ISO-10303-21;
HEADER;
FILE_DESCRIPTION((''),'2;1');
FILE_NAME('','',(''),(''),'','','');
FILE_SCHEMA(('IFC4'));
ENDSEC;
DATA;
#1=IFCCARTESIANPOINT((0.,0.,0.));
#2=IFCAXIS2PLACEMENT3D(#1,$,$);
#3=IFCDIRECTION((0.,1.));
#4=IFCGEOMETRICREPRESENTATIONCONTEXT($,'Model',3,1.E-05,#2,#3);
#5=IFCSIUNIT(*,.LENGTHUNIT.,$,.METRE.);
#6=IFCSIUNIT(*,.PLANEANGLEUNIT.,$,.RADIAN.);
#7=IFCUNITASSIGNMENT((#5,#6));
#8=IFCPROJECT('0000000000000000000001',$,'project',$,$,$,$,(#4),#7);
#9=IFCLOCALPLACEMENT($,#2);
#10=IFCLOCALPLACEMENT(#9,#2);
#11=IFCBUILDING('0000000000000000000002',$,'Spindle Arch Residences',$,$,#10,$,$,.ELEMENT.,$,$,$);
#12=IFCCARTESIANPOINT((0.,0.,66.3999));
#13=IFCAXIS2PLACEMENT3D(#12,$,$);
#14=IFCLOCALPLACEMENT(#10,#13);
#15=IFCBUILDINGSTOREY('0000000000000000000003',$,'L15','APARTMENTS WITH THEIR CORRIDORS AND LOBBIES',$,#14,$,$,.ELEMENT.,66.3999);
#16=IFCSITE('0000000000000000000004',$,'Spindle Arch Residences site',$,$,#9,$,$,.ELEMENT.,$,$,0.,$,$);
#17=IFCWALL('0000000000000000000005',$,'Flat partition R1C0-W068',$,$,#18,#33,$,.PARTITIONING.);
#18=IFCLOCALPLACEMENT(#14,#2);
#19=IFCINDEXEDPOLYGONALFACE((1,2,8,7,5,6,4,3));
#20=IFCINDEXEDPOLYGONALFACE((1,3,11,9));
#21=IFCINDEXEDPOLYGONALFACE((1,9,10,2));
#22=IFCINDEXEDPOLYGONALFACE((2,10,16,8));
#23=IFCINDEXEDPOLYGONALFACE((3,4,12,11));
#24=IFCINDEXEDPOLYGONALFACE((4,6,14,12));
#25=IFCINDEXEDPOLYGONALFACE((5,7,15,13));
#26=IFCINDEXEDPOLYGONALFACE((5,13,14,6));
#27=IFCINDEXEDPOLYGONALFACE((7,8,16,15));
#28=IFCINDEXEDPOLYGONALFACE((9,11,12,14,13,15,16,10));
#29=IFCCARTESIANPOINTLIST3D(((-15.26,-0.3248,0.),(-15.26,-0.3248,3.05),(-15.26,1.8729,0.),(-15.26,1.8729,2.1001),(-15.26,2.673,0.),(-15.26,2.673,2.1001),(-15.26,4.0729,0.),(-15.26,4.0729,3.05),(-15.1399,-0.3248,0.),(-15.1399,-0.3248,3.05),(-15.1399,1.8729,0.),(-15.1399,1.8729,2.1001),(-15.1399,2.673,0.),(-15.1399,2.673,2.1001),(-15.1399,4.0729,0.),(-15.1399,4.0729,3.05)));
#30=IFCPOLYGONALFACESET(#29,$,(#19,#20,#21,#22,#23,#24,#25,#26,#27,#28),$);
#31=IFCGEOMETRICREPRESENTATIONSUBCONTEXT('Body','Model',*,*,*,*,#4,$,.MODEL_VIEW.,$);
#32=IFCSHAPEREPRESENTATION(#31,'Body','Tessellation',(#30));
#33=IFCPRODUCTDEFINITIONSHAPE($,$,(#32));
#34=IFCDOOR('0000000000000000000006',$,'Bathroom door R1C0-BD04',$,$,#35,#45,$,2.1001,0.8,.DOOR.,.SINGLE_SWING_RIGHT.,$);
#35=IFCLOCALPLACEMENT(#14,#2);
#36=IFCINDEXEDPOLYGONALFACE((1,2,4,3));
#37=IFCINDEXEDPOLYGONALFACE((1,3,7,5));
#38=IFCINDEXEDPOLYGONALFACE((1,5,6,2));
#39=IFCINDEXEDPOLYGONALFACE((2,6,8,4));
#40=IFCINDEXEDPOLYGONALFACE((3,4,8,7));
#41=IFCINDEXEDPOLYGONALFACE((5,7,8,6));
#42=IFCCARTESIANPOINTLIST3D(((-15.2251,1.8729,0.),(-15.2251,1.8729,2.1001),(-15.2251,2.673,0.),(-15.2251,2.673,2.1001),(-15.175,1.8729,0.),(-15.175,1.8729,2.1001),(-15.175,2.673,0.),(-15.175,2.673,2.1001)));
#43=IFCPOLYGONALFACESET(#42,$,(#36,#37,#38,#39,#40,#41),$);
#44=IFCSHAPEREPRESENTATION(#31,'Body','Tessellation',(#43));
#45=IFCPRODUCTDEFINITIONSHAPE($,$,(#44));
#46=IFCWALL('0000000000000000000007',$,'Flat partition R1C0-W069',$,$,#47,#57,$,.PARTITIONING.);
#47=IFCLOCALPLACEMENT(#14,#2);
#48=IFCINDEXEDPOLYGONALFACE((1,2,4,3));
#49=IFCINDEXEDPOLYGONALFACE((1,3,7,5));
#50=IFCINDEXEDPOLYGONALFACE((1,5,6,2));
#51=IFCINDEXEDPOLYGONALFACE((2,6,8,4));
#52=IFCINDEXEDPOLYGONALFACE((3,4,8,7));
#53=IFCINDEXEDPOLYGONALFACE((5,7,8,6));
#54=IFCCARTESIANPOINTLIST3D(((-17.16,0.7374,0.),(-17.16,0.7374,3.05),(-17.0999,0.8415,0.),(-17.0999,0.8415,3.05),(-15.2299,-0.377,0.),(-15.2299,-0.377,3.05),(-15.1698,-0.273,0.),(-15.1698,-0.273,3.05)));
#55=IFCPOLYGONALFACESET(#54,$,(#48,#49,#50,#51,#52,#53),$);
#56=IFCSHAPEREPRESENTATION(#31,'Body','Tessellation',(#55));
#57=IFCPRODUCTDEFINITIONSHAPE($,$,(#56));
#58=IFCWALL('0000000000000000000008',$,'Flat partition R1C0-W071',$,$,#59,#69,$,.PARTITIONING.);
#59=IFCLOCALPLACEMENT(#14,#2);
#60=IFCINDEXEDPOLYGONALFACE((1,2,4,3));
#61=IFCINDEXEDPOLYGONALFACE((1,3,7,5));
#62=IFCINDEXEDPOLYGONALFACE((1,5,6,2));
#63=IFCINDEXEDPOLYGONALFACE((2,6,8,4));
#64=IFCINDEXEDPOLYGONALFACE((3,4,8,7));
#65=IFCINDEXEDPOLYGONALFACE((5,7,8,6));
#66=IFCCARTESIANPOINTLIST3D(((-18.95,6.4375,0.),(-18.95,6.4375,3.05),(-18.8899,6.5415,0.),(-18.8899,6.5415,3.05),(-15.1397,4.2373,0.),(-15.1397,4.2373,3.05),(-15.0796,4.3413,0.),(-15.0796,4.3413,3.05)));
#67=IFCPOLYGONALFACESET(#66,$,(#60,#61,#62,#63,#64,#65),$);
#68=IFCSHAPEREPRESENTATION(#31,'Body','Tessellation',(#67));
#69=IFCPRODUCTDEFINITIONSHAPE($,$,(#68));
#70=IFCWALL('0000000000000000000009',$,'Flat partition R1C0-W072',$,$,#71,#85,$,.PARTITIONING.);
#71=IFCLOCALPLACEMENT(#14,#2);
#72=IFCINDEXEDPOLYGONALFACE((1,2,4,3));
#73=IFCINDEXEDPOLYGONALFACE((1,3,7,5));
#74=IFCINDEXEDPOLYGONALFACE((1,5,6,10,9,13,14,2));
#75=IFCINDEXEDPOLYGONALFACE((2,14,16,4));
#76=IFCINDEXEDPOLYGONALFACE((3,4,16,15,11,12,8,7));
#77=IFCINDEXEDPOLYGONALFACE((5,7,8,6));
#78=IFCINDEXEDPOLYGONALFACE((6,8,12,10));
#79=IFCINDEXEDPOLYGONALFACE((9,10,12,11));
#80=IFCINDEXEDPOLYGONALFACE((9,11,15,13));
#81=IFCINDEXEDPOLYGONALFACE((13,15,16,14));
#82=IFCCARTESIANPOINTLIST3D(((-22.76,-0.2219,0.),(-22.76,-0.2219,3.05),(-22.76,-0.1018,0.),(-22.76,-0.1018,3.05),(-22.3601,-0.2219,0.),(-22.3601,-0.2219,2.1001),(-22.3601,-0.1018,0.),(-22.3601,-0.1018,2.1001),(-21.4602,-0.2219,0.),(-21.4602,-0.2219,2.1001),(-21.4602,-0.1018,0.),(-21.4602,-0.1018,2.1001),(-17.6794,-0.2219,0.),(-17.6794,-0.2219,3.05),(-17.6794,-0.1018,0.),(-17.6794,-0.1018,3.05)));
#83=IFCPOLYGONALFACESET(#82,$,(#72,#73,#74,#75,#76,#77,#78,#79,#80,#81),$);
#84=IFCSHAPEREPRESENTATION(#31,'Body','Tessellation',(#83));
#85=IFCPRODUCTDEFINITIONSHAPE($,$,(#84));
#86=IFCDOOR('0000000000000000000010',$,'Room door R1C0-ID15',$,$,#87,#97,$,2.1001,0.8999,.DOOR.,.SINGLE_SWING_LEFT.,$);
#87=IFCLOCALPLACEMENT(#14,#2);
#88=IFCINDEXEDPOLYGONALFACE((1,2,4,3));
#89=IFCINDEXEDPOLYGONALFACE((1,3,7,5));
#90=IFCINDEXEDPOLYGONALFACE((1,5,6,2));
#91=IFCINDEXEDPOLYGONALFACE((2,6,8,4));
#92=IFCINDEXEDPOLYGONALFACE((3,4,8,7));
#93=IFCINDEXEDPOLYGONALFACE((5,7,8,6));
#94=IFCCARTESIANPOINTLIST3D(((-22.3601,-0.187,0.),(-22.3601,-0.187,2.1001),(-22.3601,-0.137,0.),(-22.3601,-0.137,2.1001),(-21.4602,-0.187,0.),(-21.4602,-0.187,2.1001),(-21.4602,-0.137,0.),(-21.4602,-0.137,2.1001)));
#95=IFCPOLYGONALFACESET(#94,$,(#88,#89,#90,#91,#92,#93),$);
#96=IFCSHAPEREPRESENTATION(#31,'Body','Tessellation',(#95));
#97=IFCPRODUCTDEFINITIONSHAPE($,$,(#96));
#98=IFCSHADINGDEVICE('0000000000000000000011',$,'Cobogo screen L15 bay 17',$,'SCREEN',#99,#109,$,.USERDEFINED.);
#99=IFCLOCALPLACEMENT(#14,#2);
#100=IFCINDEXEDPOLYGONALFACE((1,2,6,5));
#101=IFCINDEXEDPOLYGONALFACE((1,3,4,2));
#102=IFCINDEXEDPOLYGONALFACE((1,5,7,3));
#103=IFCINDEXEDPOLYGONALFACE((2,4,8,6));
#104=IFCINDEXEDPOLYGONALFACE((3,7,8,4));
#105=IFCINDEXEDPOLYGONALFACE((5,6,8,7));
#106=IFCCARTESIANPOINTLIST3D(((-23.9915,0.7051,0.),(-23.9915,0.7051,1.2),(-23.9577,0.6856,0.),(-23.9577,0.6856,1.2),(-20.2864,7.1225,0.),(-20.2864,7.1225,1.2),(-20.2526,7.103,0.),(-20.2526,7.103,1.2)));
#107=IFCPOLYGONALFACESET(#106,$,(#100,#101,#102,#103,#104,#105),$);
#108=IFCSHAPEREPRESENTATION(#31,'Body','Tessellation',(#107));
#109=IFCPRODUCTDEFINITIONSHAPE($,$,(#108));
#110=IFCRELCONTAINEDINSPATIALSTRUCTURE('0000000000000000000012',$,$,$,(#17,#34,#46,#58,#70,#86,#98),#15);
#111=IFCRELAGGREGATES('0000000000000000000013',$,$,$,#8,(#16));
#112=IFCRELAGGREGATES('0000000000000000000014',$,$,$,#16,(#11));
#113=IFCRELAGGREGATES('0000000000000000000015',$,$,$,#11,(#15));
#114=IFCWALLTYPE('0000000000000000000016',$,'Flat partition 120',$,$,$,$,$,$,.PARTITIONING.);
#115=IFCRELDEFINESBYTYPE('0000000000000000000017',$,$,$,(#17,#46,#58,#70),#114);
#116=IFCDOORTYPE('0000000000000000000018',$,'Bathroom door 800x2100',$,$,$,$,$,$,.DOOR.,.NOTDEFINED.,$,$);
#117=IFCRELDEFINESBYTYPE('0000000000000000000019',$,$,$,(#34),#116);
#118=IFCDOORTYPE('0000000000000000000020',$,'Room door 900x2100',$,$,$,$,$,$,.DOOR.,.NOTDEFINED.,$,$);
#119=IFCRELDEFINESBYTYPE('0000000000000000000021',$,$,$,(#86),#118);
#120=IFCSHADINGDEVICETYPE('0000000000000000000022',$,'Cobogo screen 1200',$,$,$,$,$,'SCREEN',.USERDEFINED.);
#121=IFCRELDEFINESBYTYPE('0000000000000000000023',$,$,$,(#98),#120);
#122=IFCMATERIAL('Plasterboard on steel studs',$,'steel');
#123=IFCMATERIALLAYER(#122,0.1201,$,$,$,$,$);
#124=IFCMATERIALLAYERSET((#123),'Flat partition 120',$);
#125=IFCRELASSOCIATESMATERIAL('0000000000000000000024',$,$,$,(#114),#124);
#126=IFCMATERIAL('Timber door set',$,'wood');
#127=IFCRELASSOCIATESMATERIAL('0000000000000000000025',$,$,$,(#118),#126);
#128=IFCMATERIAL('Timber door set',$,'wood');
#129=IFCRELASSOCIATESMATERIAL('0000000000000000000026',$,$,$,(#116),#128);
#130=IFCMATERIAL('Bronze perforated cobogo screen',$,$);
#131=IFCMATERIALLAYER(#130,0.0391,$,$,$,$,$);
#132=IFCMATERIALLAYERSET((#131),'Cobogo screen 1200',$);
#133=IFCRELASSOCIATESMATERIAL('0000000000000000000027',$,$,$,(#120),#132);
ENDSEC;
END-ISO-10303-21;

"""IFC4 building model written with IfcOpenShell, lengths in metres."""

from ifc_helpers import new_model, si_unit, direction, frame, frame_2d, origin, origin_2d, place, context, subcontext, project, spatial, rectangle, extrude, material, layer, layer_set, type_object, element, fill, save


model = new_model("IFC4")

# Units and contexts
model_context = context("Model", 3, precision=1e-05, world=origin(), true_north=direction((0.0, 1.0)))
body_context = subcontext(model_context, "Body", "Model", "MODEL_VIEW")
ifc_project = project(units=[si_unit("LENGTHUNIT", "METRE"), si_unit("PLANEANGLEUNIT", "RADIAN")], contexts=[model_context])

# Site, building, storey
site_placement = place(None, origin())
site = spatial("IfcSite", under=ifc_project, at=site_placement, Name="Spindle Arch Residences site", CompositionType="ELEMENT", RefElevation=0.0)
building_placement = place(site_placement, origin())
building = spatial("IfcBuilding", under=site, at=building_placement, Name="Spindle Arch Residences", CompositionType="ELEMENT")
storey_placement = place(building_placement, frame((0.0, 0.0, 66.3999)))
storey = spatial("IfcBuildingStorey", under=building, at=storey_placement, Name="L15", Description="APARTMENTS WITH THEIR CORRIDORS AND LOBBIES", CompositionType="ELEMENT", Elevation=66.3999)

# Shared definitions
ifc_material_1 = material(Name="Plasterboard on steel studs", Category="steel")
ifc_layer_1 = layer(ifc_material_1, 0.1201)
ifc_layer_set_1 = layer_set([ifc_layer_1], Name="Flat partition 120")
wall_type_1 = type_object("IfcWallType", Name="Flat partition 120", PredefinedType="PARTITIONING", material=ifc_layer_set_1)
ifc_material_2 = material(Name="Timber door set", Category="wood")
door_type_1 = type_object("IfcDoorType", Name="Room door 900x2100", OperationType="NOTDEFINED", PredefinedType="DOOR", material=ifc_material_2)

# Wall, opening, door
wall_1_placement = place(storey_placement, frame((-15.2, 4.0728, 0.0), z_axis=(0.0, 0.0, 1.0), x_axis=(0.0, -1.0, 0.0)))
wall_1 = element("IfcWall", 1, at=wall_1_placement, inside=storey, type_object=wall_type_1, Name="Flat partition R1C0-W068", PredefinedType="PARTITIONING", context=body_context, shape_type="SweptSolid", body=[
    extrude(rectangle(XDim=4.3977, YDim=0.1201, at=frame_2d((2.1987, 0.0))), origin(), (0.0, 0.0, 1.0), 3.05),
])
opening_1_placement = place(wall_1_placement, frame((1.3999, 0.0, 0.0)))
opening_1 = element("IfcOpeningElement", 2, at=opening_1_placement, cuts=wall_1, PredefinedType="OPENING", context=body_context, shape_type="SweptSolid", body=[
    extrude(rectangle(XDim=0.8, YDim=2.1001, at=frame_2d((0.3999, 1.05))), frame((0.0, 0.0701, 0.0), z_axis=(0.0, -1.0, 0.0), x_axis=(1.0, 0.0, 0.0)), (0.0, 0.0, 1.0), 0.1401),
])
ifc_material_3 = material(Name="Timber door set", Category="wood")
door_type_2 = type_object("IfcDoorType", Name="Bathroom door 800x2100", OperationType="NOTDEFINED", PredefinedType="DOOR", material=ifc_material_3)
door_1_placement = place(opening_1_placement, origin())
door_1 = element("IfcDoor", 3, at=door_1_placement, inside=storey, type_object=door_type_2, Name="Bathroom door R1C0-BD04", OperationType="SINGLE_SWING_RIGHT", OverallHeight=2.1001, OverallWidth=0.8, PredefinedType="DOOR", context=body_context, shape_type="SweptSolid", body=[
    extrude(rectangle(XDim=0.8, YDim=2.1001, at=frame_2d((0.3999, 1.05))), frame((0.0, 0.0249, 0.0), z_axis=(0.0, -1.0, 0.0), x_axis=(1.0, 0.0, 0.0)), (0.0, 0.0, 1.0), 0.05),
])
fill(opening_1, door_1)

# Walls
wall_2_placement = place(storey_placement, frame((-15.2, -0.325, 0.0), z_axis=(0.0, 0.0, 1.0), x_axis=(-0.866003, 0.500039, 0.0)))
element("IfcWall", 4, at=wall_2_placement, inside=storey, type_object=wall_type_1, Name="Flat partition R1C0-W069", PredefinedType="PARTITIONING", context=body_context, shape_type="SweptSolid", body=[
    extrude(rectangle(XDim=2.2288, YDim=0.1201, at=frame_2d((1.1143, 0.0))), origin(), (0.0, 0.0, 1.0), 3.05),
])
wall_3_placement = place(storey_placement, frame((-18.9199, 6.4895, 0.0), z_axis=(0.0, 0.0, 1.0), x_axis=(0.865994, -0.500054, 0.0)))
element("IfcWall", 5, at=wall_3_placement, inside=storey, type_object=wall_type_1, Name="Flat partition R1C0-W071", PredefinedType="PARTITIONING", context=body_context, shape_type="SweptSolid", body=[
    extrude(rectangle(XDim=4.3999, YDim=0.1201, at=frame_2d((2.2, 0.0))), origin(), (0.0, 0.0, 1.0), 3.05),
])

# Wall, opening, door
wall_4_placement = place(storey_placement, frame((-22.76, -0.1619, 0.0), z_axis=(0.0, 0.0, 1.0), x_axis=(1.0, 0.0, 0.0)))
wall_4 = element("IfcWall", 6, at=wall_4_placement, inside=storey, type_object=wall_type_1, Name="Flat partition R1C0-W072", PredefinedType="PARTITIONING", context=body_context, shape_type="SweptSolid", body=[
    extrude(rectangle(XDim=5.0806, YDim=0.1201, at=frame_2d((2.5403, 0.0))), origin(), (0.0, 0.0, 1.0), 3.05),
])
opening_2_placement = place(wall_4_placement, frame((0.3999, 0.0, 0.0)))
opening_2 = element("IfcOpeningElement", 7, at=opening_2_placement, cuts=wall_4, PredefinedType="OPENING", context=body_context, shape_type="SweptSolid", body=[
    extrude(rectangle(XDim=0.8999, YDim=2.1001, at=frame_2d((0.45, 1.05))), frame((0.0, 0.0701, 0.0), z_axis=(0.0, -1.0, 0.0), x_axis=(1.0, 0.0, 0.0)), (0.0, 0.0, 1.0), 0.1401),
])
door_2_placement = place(opening_2_placement, origin())
door_2 = element("IfcDoor", 8, at=door_2_placement, inside=storey, type_object=door_type_1, Name="Room door R1C0-ID15", OperationType="SINGLE_SWING_LEFT", OverallHeight=2.1001, OverallWidth=0.8999, PredefinedType="DOOR", context=body_context, shape_type="SweptSolid", body=[
    extrude(rectangle(XDim=0.8999, YDim=2.1001, at=frame_2d((0.45, 1.05))), frame((0.0, 0.0249, 0.0), z_axis=(0.0, -1.0, 0.0), x_axis=(1.0, 0.0, 0.0)), (0.0, 0.0, 1.0), 0.05),
])
fill(opening_2, door_2)

# Shading device
ifc_material_4 = material(Name="Bronze perforated cobogo screen")
ifc_layer_2 = layer(ifc_material_4, 0.0391)
ifc_layer_set_2 = layer_set([ifc_layer_2], Name="Cobogo screen 1200")
shading_device_type = type_object("IfcShadingDeviceType", Name="Cobogo screen 1200", ElementType="SCREEN", PredefinedType="USERDEFINED", material=ifc_layer_set_2)
shading_device_placement = place(storey_placement, frame((-22.1221, 3.9041, 0.0), z_axis=(0.0, 0.0, 1.0), x_axis=(-0.5, -0.866025, 0.0)))
element("IfcShadingDevice", 9, at=shading_device_placement, inside=storey, type_object=shading_device_type, Name="Cobogo screen L15 bay 17", ObjectType="SCREEN", PredefinedType="USERDEFINED", context=body_context, shape_type="SweptSolid", body=[
    extrude(rectangle(XDim=7.4102, YDim=0.0391, at=origin_2d()), origin(), (0.0, 0.0, 1.0), 1.2),
])

save(model, "model.ifc")
